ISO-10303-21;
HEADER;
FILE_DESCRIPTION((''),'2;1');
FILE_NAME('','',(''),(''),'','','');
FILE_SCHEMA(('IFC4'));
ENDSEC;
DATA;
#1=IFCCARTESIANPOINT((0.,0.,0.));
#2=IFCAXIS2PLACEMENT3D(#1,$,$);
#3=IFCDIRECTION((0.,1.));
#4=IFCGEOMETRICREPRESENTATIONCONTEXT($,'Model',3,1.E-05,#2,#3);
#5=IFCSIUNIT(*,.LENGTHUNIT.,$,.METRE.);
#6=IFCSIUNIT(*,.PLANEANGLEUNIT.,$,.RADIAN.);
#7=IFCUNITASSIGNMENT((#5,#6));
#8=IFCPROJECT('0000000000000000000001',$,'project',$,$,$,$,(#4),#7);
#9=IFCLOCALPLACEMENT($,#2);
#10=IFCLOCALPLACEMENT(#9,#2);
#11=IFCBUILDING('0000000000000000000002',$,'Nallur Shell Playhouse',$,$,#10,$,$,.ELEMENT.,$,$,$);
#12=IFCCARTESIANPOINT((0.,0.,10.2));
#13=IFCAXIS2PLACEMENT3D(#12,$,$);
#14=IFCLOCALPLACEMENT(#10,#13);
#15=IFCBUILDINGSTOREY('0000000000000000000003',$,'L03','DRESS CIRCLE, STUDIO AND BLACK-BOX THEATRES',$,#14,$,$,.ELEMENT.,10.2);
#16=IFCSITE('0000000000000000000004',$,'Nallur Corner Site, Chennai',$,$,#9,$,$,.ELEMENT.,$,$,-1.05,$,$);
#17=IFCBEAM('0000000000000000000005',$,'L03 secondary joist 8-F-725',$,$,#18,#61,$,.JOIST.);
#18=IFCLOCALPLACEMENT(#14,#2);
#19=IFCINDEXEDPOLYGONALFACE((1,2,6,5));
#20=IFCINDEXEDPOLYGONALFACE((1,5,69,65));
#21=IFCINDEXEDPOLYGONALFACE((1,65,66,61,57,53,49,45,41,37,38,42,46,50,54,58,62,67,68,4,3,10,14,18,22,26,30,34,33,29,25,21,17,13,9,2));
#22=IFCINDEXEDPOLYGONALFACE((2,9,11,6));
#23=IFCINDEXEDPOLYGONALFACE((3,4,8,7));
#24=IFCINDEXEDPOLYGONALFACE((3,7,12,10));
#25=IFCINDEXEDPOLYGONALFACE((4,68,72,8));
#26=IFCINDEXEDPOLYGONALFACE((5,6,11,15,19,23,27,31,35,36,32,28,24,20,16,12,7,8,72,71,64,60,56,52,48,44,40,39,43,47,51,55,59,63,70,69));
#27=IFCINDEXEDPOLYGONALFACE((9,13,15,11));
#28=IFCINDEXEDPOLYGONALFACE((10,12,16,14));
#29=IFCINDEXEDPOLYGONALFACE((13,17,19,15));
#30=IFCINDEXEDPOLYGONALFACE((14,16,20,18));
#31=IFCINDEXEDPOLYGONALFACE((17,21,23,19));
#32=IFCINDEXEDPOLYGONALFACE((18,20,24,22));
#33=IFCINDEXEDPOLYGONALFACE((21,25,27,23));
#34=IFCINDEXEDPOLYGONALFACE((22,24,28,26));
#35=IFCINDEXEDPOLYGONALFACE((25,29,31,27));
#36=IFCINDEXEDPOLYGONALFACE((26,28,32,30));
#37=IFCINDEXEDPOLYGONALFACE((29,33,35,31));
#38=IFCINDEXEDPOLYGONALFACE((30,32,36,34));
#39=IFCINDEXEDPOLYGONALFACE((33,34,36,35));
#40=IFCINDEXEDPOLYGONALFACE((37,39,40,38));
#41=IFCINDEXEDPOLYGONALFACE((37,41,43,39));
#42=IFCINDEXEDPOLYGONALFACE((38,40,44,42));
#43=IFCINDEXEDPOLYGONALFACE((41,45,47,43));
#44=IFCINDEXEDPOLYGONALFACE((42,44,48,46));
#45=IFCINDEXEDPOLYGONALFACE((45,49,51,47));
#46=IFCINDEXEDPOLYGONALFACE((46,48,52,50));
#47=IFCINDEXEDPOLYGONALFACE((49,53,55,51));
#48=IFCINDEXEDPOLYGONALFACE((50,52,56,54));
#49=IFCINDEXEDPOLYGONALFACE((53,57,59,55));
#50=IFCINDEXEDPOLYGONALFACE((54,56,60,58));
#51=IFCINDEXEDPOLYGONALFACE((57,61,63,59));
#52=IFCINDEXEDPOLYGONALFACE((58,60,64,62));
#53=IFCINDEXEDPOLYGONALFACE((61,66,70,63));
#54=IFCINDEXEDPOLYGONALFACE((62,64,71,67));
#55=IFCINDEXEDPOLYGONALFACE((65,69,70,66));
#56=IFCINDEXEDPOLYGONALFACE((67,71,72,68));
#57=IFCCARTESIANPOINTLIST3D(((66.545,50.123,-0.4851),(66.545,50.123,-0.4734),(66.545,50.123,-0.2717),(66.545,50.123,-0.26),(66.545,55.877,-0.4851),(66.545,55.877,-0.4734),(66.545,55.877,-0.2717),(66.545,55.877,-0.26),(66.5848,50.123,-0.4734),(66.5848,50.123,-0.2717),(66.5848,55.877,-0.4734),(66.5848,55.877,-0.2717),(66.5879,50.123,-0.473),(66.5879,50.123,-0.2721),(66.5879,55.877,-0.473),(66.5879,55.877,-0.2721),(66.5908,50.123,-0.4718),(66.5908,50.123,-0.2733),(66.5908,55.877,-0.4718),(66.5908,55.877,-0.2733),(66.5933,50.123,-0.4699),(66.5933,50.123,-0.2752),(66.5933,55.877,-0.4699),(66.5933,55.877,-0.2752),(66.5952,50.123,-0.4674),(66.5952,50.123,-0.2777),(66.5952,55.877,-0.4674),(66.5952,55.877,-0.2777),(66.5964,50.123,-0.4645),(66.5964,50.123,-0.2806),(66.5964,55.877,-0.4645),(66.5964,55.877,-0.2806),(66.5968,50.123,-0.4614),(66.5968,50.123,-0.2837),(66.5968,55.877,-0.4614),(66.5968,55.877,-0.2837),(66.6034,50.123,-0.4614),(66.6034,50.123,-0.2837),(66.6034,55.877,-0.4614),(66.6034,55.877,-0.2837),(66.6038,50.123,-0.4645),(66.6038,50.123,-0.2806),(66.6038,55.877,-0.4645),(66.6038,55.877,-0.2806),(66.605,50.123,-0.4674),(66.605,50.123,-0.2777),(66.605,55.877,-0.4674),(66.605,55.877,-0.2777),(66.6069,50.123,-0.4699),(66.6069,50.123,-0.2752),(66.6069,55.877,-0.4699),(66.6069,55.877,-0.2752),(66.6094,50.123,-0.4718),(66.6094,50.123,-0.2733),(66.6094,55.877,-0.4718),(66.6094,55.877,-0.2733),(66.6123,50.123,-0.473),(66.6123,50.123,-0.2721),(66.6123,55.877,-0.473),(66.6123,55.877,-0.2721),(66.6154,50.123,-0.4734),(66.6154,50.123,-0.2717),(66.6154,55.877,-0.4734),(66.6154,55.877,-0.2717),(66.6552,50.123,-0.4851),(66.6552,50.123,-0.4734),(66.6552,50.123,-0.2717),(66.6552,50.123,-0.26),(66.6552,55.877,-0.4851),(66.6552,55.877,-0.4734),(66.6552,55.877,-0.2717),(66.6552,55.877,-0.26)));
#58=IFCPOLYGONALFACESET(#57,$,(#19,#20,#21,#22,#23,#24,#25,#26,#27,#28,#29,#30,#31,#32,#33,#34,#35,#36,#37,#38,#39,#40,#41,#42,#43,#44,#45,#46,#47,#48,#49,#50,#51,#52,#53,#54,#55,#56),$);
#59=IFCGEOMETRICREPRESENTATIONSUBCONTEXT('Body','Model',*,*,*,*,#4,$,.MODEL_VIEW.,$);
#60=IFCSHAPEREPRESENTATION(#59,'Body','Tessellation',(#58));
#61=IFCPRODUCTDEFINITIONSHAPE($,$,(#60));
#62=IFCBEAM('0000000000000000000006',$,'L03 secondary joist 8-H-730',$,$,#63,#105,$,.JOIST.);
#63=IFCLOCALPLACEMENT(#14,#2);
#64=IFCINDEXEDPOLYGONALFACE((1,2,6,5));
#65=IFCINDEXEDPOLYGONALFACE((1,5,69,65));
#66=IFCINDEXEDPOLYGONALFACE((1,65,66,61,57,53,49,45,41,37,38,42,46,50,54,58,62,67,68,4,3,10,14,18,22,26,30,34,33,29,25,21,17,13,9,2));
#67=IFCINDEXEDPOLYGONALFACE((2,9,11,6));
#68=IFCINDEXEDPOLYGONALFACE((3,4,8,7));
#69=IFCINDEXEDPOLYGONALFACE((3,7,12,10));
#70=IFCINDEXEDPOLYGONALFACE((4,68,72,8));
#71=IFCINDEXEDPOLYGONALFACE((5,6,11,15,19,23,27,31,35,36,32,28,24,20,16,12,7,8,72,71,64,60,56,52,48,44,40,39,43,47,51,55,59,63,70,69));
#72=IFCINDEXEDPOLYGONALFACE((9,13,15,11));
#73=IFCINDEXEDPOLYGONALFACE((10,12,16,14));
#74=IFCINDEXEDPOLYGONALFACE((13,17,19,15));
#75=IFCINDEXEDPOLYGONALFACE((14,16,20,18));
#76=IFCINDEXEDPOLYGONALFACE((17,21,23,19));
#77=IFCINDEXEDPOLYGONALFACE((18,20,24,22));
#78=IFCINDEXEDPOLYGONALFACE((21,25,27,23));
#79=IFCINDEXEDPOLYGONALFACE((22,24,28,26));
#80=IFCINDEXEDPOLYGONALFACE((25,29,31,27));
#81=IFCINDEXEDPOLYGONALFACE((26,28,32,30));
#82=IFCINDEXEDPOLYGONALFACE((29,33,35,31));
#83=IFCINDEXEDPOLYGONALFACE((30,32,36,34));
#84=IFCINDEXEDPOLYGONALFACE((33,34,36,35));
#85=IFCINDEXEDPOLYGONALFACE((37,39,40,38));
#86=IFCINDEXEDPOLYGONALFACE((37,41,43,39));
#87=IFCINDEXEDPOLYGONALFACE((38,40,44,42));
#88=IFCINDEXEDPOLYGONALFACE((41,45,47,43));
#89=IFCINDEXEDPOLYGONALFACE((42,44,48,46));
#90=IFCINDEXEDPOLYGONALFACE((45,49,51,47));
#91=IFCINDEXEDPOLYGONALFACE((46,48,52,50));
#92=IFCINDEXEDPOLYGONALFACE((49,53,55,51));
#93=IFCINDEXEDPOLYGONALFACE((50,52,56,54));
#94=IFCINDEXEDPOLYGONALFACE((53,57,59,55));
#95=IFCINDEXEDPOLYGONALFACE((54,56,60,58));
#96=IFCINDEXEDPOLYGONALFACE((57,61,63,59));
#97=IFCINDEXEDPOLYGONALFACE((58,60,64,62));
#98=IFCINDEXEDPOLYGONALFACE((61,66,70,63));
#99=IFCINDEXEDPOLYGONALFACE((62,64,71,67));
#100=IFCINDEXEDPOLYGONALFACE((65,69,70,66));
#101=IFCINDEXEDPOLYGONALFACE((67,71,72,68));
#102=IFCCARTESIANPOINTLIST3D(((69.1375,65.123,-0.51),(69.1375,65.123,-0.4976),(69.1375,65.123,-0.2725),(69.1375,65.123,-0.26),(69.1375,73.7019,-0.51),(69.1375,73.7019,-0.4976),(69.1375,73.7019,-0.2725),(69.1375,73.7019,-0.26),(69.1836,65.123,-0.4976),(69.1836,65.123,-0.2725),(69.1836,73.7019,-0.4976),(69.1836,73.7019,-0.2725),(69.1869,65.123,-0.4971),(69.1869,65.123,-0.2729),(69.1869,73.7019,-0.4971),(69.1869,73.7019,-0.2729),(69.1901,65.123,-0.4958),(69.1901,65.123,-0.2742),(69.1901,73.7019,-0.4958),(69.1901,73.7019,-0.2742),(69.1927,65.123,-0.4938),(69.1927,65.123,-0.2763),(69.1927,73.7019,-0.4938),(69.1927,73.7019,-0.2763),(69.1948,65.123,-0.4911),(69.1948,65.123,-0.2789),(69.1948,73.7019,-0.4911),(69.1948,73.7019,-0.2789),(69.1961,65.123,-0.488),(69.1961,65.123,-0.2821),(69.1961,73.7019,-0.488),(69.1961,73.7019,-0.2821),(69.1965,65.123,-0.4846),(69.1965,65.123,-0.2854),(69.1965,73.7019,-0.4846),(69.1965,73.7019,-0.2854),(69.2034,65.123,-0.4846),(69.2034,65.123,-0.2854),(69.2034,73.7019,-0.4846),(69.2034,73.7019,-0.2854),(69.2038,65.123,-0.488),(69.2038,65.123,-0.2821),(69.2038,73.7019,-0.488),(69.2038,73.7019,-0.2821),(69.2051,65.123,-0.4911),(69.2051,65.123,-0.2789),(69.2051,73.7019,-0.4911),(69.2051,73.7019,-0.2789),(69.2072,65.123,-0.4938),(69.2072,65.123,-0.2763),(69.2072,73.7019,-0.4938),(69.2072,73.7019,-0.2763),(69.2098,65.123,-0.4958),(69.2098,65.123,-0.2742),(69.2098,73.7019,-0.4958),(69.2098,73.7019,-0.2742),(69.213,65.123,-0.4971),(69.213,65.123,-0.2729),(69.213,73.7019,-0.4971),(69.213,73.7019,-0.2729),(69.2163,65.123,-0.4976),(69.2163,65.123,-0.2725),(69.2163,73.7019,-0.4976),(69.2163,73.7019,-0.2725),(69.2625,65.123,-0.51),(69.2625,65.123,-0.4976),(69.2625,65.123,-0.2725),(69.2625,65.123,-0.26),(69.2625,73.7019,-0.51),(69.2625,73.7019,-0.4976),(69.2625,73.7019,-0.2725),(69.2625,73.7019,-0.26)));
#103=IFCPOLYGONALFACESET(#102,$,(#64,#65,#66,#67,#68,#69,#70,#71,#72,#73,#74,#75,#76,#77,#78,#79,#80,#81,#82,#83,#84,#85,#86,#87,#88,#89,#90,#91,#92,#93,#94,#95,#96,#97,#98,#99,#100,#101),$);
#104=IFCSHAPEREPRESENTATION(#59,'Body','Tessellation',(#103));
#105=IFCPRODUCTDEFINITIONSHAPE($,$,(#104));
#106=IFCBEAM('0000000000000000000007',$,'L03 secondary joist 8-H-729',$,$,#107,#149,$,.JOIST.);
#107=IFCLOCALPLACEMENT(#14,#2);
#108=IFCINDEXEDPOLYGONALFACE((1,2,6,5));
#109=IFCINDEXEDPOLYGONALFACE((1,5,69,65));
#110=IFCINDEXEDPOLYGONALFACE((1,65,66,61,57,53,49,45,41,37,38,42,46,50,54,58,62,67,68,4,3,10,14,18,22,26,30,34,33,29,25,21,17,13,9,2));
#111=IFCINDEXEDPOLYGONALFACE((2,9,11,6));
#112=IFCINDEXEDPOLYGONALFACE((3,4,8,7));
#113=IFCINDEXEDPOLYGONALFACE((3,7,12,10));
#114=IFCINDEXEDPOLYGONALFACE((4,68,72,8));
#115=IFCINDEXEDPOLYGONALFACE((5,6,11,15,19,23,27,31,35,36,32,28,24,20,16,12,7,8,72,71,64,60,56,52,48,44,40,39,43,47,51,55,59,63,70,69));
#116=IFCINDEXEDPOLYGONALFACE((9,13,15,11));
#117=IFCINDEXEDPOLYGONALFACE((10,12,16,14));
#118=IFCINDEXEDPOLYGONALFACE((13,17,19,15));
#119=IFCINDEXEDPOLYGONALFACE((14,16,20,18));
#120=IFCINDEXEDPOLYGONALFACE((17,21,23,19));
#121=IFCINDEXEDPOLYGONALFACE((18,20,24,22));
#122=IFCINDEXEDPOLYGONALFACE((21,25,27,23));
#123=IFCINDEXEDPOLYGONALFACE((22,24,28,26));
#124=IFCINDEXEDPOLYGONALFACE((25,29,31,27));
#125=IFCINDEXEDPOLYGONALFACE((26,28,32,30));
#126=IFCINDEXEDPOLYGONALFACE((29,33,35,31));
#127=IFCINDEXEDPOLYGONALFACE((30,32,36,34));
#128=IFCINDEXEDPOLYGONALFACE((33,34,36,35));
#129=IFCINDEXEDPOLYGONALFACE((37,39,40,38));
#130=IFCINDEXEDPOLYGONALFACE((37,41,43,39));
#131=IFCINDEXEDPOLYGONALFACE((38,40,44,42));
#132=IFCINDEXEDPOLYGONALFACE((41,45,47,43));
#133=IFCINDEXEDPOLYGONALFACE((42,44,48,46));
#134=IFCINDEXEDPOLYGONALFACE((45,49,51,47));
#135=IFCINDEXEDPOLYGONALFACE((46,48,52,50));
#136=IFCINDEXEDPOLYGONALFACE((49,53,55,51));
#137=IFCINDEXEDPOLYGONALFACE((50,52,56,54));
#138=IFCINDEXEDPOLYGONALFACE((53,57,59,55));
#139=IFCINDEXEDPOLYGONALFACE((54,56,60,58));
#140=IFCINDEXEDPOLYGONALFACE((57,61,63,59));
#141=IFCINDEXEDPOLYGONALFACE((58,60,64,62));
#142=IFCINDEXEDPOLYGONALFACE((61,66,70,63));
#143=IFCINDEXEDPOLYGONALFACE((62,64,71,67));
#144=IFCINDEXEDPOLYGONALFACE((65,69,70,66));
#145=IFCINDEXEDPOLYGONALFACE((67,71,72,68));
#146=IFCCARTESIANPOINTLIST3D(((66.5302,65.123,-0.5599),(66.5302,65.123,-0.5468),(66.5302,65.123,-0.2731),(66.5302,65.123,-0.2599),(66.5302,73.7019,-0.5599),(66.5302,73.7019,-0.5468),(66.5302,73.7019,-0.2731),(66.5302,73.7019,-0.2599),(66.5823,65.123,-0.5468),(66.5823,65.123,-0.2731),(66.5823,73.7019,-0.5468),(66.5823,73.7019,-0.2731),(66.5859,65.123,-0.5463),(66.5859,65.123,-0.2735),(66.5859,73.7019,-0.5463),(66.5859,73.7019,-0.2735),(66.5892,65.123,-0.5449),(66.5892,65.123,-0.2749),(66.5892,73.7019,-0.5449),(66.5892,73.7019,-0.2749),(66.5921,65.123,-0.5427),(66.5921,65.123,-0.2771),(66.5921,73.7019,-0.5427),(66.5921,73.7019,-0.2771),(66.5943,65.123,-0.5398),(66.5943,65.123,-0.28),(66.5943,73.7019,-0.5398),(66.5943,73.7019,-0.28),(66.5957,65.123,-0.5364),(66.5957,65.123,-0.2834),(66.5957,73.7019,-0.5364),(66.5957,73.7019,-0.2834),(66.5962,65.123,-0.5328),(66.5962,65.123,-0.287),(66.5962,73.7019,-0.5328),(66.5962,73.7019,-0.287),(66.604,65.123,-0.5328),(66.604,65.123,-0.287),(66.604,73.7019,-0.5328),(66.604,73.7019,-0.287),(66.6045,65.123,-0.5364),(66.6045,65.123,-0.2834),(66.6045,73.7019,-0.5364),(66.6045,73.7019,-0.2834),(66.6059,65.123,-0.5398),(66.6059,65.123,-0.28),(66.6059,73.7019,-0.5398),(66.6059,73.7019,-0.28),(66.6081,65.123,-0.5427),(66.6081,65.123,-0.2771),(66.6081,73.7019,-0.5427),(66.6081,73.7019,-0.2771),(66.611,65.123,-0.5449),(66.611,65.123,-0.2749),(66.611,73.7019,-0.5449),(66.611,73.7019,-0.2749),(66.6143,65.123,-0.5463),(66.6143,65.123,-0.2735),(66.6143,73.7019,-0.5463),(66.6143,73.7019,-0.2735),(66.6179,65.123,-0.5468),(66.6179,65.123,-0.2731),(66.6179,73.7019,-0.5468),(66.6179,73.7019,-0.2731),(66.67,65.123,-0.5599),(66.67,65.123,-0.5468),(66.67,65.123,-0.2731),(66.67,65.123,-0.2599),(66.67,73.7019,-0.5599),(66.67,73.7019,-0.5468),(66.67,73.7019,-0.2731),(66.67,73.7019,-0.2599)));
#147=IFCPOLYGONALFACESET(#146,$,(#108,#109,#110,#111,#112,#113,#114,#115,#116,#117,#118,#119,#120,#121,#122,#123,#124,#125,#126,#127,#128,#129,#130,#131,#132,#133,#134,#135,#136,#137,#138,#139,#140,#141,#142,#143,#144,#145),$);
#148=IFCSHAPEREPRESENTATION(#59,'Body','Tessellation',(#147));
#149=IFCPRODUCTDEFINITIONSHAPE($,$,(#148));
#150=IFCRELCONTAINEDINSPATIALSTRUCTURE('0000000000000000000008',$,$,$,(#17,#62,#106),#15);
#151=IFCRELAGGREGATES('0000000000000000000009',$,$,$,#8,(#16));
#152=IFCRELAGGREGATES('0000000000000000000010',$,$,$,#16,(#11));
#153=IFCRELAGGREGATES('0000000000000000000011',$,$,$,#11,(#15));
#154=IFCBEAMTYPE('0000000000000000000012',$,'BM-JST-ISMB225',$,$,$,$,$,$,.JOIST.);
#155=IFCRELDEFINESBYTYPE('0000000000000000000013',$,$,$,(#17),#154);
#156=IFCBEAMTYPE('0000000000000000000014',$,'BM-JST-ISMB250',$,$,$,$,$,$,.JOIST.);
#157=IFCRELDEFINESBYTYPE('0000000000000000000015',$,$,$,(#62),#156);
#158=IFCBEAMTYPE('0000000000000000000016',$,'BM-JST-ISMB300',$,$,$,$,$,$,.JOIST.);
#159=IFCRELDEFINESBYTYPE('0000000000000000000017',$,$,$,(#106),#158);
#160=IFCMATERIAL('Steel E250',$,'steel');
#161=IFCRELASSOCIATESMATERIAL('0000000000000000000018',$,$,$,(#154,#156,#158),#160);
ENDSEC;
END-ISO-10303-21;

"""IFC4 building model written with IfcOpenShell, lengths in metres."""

from ifc_helpers import new_model, si_unit, direction, frame, origin, origin_2d, place, context, subcontext, project, spatial, i_section, extrude, material, material_profile, profile_set, type_object, element, save


model = new_model("IFC4")

# Units and contexts
model_context = context("Model", 3, precision=1e-05, world=origin(), true_north=direction((0.0, 1.0)))
body_context = subcontext(model_context, "Body", "Model", "MODEL_VIEW")
ifc_project = project(units=[si_unit("LENGTHUNIT", "METRE"), si_unit("PLANEANGLEUNIT", "RADIAN")], contexts=[model_context])

# Site, building, storey
site_placement = place(None, origin())
site = spatial("IfcSite", under=ifc_project, at=site_placement, Name="Nallur Corner Site, Chennai", CompositionType="ELEMENT", RefElevation=-1.05)
building_placement = place(site_placement, origin())
building = spatial("IfcBuilding", under=site, at=building_placement, Name="Nallur Shell Playhouse", CompositionType="ELEMENT")
storey_placement = place(building_placement, frame((0.0, 0.0, 10.2)))
storey = spatial("IfcBuildingStorey", under=building, at=storey_placement, Name="L03", Description="DRESS CIRCLE, STUDIO AND BLACK-BOX THEATRES", CompositionType="ELEMENT", Elevation=10.2)

# Beams
ifc_material_1 = material(Name="Steel E250", Category="steel")
ifc_material_profile_1 = material_profile(ifc_material_1, i_section(OverallWidth=0.1101, OverallDepth=0.2251, WebThickness=0.0066, FlangeThickness=0.0117, FilletRadius=0.012, at=origin_2d()), Name="ISMB 225")
ifc_profile_set_1 = profile_set([ifc_material_profile_1], Name="Steel E250")
beam_type_1 = type_object("IfcBeamType", Name="BM-JST-ISMB225", PredefinedType="JOIST", material=ifc_profile_set_1)
beam_1_placement = place(storey_placement, frame((66.6001, 50.123, -0.3726), z_axis=(0.0, 1.0, 0.0), x_axis=(-1.0, 0.0, 0.0)))
element("IfcBeam", 1, at=beam_1_placement, inside=storey, type_object=beam_type_1, Name="L03 secondary joist 8-F-725", PredefinedType="JOIST", context=body_context, shape_type="SweptSolid", body=[
    extrude(i_section(OverallWidth=0.1101, OverallDepth=0.2251, WebThickness=0.0066, FlangeThickness=0.0117, FilletRadius=0.012, at=origin_2d()), origin(), (0.0, 0.0, 1.0), 5.7539),
])
ifc_material_profile_2 = material_profile(ifc_material_1, i_section(OverallWidth=0.125, OverallDepth=0.25, WebThickness=0.0068, FlangeThickness=0.0125, FilletRadius=0.0129, at=origin_2d()), Name="ISMB 250")
ifc_profile_set_2 = profile_set([ifc_material_profile_2], Name="Steel E250")
beam_type_2 = type_object("IfcBeamType", Name="BM-JST-ISMB250", PredefinedType="JOIST", material=ifc_profile_set_2)
beam_2_placement = place(storey_placement, frame((69.2, 65.123, -0.385), z_axis=(0.0, 1.0, 0.0), x_axis=(-1.0, 0.0, 0.0)))
element("IfcBeam", 2, at=beam_2_placement, inside=storey, type_object=beam_type_2, Name="L03 secondary joist 8-H-730", PredefinedType="JOIST", context=body_context, shape_type="SweptSolid", body=[
    extrude(i_section(OverallWidth=0.125, OverallDepth=0.25, WebThickness=0.0068, FlangeThickness=0.0125, FilletRadius=0.0129, at=origin_2d()), origin(), (0.0, 0.0, 1.0), 8.5789),
])
ifc_material_profile_3 = material_profile(ifc_material_1, i_section(OverallWidth=0.1399, OverallDepth=0.3, WebThickness=0.0078, FlangeThickness=0.0132, FilletRadius=0.0139, at=origin_2d()), Name="ISMB 300")
ifc_profile_set_3 = profile_set([ifc_material_profile_3], Name="Steel E250")
beam_type_3 = type_object("IfcBeamType", Name="BM-JST-ISMB300", PredefinedType="JOIST", material=ifc_profile_set_3)
beam_3_placement = place(storey_placement, frame((66.6001, 65.123, -0.4099), z_axis=(0.0, 1.0, 0.0), x_axis=(-1.0, 0.0, 0.0)))
element("IfcBeam", 3, at=beam_3_placement, inside=storey, type_object=beam_type_3, Name="L03 secondary joist 8-H-729", PredefinedType="JOIST", context=body_context, shape_type="SweptSolid", body=[
    extrude(i_section(OverallWidth=0.1399, OverallDepth=0.3, WebThickness=0.0078, FlangeThickness=0.0132, FilletRadius=0.0139, at=origin_2d()), origin(), (0.0, 0.0, 1.0), 8.5789),
])

save(model, "model.ifc")
